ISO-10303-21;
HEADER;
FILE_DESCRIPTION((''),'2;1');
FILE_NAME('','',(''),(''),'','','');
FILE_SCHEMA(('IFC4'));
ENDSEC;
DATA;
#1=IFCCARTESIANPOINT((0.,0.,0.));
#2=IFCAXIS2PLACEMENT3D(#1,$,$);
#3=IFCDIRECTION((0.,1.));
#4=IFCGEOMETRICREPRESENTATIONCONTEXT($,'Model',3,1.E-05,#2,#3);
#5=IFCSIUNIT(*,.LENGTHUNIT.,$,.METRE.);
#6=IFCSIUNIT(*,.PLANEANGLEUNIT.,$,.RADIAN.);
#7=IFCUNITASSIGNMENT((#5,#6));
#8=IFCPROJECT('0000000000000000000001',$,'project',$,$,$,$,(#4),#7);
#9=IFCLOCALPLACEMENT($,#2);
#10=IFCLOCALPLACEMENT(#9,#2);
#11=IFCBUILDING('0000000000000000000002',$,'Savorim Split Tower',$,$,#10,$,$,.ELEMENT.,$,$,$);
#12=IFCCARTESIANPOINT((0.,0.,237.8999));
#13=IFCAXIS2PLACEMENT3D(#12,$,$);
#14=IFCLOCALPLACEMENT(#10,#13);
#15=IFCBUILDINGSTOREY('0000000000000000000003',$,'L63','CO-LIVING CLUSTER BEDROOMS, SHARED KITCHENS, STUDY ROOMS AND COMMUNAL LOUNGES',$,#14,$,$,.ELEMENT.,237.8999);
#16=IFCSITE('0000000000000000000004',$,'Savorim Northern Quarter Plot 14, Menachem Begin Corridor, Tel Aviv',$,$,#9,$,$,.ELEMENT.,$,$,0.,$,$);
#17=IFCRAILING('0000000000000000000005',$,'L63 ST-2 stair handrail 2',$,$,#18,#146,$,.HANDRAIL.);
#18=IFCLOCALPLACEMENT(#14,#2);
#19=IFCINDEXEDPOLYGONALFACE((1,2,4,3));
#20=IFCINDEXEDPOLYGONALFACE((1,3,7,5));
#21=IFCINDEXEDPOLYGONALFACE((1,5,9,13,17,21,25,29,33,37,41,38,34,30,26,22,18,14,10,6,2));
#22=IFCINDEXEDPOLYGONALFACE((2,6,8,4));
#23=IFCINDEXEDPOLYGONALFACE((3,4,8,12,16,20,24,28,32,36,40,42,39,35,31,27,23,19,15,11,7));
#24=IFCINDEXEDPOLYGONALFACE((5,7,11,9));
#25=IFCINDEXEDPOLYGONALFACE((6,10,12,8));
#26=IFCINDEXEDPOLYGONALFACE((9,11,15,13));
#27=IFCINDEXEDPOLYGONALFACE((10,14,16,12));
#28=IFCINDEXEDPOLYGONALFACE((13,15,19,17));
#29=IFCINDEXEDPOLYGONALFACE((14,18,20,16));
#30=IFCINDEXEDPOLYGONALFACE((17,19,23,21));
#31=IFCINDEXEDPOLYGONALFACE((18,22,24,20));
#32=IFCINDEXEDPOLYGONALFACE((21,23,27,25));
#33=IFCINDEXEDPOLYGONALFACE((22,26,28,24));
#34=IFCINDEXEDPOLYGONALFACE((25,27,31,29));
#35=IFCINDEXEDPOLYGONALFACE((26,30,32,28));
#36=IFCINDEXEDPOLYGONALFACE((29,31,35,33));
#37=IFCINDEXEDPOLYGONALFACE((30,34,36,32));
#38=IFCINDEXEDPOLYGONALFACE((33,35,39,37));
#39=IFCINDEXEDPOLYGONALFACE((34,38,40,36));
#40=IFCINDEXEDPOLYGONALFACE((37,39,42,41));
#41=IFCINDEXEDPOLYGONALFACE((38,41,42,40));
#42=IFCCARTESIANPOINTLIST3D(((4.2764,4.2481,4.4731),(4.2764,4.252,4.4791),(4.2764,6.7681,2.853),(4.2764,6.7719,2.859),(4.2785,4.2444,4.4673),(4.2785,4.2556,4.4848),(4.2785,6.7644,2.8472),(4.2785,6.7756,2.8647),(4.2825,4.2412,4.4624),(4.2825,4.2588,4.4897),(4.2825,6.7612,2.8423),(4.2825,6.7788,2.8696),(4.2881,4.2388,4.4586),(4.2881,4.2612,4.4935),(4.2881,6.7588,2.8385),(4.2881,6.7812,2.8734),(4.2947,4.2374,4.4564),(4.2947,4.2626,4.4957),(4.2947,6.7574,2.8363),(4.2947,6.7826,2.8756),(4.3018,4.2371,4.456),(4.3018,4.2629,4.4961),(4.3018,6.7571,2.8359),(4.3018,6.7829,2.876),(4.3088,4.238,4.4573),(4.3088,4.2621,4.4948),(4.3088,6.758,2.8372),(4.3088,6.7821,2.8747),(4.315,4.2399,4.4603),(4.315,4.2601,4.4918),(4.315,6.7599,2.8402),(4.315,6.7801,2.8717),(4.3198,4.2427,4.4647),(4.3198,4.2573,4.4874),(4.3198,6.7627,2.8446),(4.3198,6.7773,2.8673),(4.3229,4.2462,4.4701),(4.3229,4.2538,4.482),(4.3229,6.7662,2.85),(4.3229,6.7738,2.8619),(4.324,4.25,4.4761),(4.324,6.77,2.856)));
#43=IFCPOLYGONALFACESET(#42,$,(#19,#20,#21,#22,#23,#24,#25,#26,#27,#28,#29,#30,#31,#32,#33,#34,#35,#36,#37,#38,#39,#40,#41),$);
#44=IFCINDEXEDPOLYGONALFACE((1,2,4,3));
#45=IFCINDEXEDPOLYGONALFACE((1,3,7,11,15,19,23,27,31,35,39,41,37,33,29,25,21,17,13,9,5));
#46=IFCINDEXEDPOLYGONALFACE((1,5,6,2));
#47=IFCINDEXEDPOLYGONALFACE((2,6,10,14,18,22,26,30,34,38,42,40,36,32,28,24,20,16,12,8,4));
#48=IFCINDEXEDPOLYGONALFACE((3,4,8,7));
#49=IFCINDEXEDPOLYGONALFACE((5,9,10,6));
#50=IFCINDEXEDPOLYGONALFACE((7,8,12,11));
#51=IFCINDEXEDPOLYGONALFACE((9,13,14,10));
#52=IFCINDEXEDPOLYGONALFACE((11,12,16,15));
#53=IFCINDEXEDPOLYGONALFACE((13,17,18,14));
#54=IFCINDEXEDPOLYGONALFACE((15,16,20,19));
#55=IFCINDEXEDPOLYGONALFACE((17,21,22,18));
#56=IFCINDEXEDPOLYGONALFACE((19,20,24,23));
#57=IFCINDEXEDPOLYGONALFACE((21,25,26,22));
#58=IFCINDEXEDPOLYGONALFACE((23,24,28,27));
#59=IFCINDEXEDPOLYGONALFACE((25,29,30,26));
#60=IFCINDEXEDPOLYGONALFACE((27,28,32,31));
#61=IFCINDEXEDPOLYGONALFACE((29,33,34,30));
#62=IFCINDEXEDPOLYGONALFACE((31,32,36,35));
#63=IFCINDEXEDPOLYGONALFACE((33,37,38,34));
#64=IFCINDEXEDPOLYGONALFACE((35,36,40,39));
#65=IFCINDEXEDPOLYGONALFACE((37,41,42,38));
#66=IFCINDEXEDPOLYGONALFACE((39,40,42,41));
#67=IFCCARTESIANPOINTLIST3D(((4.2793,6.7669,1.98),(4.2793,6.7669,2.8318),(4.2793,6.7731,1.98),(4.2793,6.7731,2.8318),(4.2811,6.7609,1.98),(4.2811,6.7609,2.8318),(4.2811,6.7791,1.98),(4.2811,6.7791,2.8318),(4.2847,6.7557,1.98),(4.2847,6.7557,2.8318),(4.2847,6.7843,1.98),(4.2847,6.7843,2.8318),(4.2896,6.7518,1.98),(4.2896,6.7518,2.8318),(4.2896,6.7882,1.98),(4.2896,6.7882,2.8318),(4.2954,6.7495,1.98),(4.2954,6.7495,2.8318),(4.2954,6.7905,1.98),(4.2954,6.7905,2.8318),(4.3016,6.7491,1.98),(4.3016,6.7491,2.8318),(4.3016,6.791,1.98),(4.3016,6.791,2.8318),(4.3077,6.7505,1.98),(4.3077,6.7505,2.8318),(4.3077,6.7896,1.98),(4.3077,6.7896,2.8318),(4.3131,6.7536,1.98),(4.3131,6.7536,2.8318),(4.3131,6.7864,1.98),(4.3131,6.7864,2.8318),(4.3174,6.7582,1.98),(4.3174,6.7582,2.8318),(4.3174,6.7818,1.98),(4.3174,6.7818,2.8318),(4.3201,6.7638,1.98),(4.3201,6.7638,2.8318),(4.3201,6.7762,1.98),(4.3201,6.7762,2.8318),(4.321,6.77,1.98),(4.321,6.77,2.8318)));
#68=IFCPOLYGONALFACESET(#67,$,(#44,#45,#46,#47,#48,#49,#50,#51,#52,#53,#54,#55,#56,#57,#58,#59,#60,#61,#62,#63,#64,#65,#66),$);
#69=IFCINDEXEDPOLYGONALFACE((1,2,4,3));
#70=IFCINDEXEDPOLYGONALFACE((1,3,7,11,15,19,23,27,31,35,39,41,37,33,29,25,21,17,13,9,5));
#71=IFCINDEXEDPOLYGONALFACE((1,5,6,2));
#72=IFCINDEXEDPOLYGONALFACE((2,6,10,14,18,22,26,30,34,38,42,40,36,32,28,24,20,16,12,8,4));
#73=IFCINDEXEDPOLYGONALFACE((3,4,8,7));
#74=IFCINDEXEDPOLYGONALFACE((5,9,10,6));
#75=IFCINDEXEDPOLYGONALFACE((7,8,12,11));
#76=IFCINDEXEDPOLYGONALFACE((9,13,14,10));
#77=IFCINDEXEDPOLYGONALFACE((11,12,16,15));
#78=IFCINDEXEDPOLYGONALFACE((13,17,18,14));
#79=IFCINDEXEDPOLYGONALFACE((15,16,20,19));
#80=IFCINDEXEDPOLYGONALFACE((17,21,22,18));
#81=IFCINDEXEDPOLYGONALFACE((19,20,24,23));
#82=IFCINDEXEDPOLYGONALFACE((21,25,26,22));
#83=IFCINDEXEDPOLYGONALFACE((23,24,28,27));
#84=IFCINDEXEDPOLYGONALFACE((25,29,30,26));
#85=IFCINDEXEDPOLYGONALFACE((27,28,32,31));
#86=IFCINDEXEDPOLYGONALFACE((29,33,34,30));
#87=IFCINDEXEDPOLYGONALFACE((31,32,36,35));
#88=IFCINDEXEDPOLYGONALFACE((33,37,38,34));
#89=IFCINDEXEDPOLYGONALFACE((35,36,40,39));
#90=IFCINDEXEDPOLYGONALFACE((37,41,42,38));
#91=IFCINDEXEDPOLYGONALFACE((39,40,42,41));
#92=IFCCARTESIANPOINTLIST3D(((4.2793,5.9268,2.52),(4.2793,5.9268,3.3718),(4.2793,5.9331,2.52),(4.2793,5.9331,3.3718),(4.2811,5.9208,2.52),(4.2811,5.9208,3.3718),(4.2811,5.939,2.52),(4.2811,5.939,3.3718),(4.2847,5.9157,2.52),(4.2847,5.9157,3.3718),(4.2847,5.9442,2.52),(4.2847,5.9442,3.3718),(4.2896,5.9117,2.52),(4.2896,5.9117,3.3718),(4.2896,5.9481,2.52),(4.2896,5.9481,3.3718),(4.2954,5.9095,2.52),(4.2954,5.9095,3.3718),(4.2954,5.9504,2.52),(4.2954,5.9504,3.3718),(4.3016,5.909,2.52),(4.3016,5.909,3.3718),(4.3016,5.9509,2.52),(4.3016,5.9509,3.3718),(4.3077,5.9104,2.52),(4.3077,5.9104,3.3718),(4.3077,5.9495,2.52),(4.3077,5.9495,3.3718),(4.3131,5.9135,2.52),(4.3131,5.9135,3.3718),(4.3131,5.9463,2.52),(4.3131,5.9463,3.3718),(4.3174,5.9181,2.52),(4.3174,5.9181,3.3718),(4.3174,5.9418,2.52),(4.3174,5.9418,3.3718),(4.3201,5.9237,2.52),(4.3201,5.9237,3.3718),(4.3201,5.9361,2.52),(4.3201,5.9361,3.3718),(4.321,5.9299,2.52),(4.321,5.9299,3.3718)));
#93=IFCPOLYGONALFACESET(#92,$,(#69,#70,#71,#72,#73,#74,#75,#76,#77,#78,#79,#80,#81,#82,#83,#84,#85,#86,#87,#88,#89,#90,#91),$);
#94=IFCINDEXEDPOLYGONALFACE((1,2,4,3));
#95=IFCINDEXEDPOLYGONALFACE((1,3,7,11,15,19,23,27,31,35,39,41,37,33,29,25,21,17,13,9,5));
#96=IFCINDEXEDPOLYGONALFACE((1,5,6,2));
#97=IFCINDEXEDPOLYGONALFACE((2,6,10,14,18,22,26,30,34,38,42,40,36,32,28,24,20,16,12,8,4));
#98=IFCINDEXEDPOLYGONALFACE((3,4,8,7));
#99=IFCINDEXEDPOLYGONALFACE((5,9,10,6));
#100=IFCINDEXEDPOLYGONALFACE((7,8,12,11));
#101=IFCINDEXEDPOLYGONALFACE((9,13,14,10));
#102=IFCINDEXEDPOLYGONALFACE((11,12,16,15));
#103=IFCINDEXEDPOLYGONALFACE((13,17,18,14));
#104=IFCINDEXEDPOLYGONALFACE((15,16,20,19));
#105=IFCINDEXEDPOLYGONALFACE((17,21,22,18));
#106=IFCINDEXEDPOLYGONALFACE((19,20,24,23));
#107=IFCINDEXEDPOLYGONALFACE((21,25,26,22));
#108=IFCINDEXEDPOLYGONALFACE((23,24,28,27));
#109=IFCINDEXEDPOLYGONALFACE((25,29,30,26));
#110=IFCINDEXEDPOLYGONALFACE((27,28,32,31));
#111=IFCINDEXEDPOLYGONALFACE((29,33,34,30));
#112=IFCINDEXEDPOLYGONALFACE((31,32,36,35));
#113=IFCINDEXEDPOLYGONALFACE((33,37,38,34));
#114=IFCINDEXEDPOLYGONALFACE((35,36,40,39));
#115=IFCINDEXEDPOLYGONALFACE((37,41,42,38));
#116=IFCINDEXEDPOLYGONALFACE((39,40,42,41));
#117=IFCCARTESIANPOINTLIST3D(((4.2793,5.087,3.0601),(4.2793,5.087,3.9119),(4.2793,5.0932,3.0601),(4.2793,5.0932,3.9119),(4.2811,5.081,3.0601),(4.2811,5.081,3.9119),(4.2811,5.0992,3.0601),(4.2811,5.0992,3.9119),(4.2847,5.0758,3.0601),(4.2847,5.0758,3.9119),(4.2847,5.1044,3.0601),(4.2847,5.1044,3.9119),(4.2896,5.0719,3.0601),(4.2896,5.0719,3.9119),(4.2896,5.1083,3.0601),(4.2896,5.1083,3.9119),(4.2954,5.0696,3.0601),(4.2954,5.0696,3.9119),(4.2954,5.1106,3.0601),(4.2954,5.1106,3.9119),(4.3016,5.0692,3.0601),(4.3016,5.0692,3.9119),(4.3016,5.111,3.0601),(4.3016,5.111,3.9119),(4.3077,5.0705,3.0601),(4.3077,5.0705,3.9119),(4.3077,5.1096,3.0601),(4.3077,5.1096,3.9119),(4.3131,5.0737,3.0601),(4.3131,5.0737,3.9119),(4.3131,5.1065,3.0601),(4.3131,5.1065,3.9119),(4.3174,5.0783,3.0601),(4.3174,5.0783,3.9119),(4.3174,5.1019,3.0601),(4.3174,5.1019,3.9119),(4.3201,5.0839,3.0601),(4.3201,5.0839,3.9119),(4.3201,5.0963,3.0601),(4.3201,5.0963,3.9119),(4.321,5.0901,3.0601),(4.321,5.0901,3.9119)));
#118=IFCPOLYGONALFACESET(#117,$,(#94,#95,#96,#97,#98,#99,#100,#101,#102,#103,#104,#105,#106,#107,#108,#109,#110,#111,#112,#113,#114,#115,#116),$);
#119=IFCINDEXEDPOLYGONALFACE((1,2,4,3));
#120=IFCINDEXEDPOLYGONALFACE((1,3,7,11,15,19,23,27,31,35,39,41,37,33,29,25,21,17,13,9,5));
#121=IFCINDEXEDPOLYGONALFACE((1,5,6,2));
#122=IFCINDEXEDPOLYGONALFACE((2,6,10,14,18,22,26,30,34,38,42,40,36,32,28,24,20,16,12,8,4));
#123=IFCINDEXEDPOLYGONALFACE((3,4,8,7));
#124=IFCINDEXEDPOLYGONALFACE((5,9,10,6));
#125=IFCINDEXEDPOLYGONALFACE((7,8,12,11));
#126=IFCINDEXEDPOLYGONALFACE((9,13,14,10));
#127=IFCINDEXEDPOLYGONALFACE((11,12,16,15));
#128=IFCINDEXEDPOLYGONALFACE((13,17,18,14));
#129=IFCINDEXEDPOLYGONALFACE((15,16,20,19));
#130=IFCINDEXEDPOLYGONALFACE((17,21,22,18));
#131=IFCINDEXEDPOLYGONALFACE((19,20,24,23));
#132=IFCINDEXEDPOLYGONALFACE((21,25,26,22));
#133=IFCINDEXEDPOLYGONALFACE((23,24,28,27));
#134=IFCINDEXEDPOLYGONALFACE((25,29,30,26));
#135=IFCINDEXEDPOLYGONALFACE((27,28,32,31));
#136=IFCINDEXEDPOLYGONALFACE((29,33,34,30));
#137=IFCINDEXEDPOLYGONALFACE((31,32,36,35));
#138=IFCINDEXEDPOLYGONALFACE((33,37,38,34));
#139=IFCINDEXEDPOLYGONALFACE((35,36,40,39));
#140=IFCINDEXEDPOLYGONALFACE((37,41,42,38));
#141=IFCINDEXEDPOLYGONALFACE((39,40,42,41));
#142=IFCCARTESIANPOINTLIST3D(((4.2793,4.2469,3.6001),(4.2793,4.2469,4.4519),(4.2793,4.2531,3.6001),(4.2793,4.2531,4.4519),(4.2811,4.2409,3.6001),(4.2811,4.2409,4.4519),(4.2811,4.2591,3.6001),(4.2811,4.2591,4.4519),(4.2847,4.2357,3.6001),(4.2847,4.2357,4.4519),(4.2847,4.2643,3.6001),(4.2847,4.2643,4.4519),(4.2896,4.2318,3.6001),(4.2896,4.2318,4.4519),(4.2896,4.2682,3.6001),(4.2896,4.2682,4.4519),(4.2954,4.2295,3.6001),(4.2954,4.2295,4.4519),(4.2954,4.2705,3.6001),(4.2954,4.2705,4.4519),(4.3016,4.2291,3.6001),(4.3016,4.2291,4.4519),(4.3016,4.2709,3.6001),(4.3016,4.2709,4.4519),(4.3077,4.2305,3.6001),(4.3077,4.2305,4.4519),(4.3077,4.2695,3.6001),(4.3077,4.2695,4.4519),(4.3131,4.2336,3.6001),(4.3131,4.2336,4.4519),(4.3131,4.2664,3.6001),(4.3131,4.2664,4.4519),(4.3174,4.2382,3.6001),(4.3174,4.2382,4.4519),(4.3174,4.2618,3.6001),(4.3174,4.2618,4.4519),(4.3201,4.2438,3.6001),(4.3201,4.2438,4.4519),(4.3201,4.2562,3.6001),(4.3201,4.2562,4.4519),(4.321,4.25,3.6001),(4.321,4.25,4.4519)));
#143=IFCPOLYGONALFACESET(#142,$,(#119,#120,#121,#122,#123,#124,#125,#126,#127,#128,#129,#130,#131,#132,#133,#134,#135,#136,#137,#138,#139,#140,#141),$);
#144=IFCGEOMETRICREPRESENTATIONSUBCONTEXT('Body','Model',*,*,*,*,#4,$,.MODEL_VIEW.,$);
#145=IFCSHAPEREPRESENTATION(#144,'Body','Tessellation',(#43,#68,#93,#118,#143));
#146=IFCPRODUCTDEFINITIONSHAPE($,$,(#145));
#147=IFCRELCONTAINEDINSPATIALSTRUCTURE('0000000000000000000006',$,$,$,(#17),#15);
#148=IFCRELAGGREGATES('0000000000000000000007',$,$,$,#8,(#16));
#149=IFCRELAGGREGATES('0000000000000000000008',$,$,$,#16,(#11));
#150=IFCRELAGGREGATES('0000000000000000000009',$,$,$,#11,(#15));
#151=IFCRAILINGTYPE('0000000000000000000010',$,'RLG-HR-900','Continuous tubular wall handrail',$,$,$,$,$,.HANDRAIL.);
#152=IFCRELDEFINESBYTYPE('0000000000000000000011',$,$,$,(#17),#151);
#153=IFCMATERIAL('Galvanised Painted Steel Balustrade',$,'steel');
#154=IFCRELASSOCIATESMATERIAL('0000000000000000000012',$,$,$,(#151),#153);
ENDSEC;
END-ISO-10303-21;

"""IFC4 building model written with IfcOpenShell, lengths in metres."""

from ifc_helpers import new_model, si_unit, direction, frame, origin, origin_2d, place, context, subcontext, project, spatial, circle, extrude, material, type_object, element, save


model = new_model("IFC4")

# Units and contexts
model_context = context("Model", 3, precision=1e-05, world=origin(), true_north=direction((0.0, 1.0)))
body_context = subcontext(model_context, "Body", "Model", "MODEL_VIEW")
ifc_project = project(units=[si_unit("LENGTHUNIT", "METRE"), si_unit("PLANEANGLEUNIT", "RADIAN")], contexts=[model_context])

# Site, building, storey
site_placement = place(None, origin())
site = spatial("IfcSite", under=ifc_project, at=site_placement, Name="Savorim Northern Quarter Plot 14, Menachem Begin Corridor, Tel Aviv", CompositionType="ELEMENT", RefElevation=0.0)
building_placement = place(site_placement, origin())
building = spatial("IfcBuilding", under=site, at=building_placement, Name="Savorim Split Tower", CompositionType="ELEMENT")
storey_placement = place(building_placement, frame((0.0, 0.0, 237.8999)))
storey = spatial("IfcBuildingStorey", under=building, at=storey_placement, Name="L63", Description="CO-LIVING CLUSTER BEDROOMS, SHARED KITCHENS, STUDY ROOMS AND COMMUNAL LOUNGES", CompositionType="ELEMENT", Elevation=237.8999)

# Railing
ifc_material_1 = material(Name="Galvanised Painted Steel Balustrade", Category="steel")
railing_type_1 = type_object("IfcRailingType", Name="RLG-HR-900", Description="Continuous tubular wall handrail", PredefinedType="HANDRAIL", material=ifc_material_1)
railing_1_placement = place(storey_placement, frame((4.3, 6.77, 1.98)))
element("IfcRailing", 1, at=railing_1_placement, inside=storey, type_object=railing_type_1, Name="L63 ST-2 stair handrail 2", PredefinedType="HANDRAIL", context=body_context, shape_type="SweptSolid", body=[
    extrude(circle(Radius=0.0239, at=origin_2d()), frame((0.0, 0.0, 0.876), z_axis=(0.0, -0.841163, 0.540782), x_axis=(1.0, 0.0, 0.0)), (0.0, 0.0, 1.0), 2.9958),
    extrude(circle(Radius=0.021, at=origin_2d()), origin(), (0.0, 0.0, 1.0), 0.8518),
    extrude(circle(Radius=0.021, at=origin_2d()), frame((0.0, -0.8401, 0.54)), (0.0, 0.0, 1.0), 0.8518),
    extrude(circle(Radius=0.021, at=origin_2d()), frame((0.0, -1.6799, 1.0801)), (0.0, 0.0, 1.0), 0.8518),
    extrude(circle(Radius=0.021, at=origin_2d()), frame((0.0, -2.52, 1.6201)), (0.0, 0.0, 1.0), 0.8518),
])

save(model, "model.ifc")
